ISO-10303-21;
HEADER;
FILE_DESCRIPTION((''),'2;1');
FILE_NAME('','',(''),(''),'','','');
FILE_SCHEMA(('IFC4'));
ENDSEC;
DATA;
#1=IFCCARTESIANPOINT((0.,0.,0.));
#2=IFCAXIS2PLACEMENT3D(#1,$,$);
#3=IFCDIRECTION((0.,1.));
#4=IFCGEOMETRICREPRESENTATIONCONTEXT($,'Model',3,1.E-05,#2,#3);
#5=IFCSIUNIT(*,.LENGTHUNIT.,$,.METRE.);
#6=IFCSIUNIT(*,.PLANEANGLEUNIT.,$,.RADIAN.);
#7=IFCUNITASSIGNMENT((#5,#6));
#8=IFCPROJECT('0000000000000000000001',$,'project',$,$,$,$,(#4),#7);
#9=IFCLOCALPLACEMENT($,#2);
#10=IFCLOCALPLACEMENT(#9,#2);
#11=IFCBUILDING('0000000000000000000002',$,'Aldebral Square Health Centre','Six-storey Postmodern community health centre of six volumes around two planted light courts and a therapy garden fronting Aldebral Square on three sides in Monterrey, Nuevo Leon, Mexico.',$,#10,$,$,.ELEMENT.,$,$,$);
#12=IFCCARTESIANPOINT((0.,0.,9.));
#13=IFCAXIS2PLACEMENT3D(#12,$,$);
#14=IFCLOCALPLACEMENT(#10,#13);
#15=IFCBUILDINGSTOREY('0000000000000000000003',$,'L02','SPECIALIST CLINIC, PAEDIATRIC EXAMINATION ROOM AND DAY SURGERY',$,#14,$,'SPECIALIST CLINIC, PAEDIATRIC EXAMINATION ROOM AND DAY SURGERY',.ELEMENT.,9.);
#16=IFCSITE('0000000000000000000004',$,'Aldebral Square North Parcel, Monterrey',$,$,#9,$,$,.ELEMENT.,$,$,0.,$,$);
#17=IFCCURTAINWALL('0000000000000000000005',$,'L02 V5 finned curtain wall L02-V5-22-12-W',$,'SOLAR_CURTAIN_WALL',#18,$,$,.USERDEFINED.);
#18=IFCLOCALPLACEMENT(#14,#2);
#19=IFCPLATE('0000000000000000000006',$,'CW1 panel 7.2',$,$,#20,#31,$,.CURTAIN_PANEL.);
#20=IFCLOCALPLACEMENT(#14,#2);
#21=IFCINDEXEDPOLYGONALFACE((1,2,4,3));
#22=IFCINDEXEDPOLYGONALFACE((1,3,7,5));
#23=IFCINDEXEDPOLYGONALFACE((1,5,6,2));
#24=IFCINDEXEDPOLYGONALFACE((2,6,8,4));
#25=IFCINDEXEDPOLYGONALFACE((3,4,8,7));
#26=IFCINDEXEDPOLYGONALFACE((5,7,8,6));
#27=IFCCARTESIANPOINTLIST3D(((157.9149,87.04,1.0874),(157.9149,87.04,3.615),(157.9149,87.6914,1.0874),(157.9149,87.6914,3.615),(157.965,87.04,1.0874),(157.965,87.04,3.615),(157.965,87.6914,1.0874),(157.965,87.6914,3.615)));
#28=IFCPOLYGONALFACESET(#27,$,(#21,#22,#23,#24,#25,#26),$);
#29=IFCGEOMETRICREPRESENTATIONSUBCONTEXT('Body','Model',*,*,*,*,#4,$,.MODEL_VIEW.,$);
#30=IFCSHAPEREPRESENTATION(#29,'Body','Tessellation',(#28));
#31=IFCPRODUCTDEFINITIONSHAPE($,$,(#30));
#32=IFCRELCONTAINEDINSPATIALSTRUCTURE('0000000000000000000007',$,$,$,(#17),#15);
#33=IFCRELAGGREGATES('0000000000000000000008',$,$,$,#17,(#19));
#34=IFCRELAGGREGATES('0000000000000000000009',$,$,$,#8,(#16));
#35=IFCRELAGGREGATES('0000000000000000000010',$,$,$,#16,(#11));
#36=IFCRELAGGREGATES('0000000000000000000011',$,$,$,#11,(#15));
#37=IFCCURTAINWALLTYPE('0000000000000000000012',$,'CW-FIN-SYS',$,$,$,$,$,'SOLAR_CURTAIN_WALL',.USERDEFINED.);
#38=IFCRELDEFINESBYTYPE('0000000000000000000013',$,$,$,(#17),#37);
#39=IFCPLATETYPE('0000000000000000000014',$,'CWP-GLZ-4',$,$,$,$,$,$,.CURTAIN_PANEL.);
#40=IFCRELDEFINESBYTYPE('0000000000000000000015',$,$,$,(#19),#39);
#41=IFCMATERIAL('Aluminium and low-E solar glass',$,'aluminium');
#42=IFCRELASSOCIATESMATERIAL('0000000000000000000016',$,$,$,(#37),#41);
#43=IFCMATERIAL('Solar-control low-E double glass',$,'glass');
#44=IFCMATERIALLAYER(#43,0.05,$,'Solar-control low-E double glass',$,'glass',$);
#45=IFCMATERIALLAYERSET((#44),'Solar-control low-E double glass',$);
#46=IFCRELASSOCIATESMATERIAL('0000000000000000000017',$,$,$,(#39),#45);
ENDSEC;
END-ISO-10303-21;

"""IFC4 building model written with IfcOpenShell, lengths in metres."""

from ifc_helpers import new_model, si_unit, direction, frame, origin, origin_2d, place, context, subcontext, project, spatial, rectangle, extrude, material, layer, layer_set, type_object, element, aggregate, save


model = new_model("IFC4")

# Units and contexts
model_context = context("Model", 3, precision=1e-05, world=origin(), true_north=direction((0.0, 1.0)))
body_context = subcontext(model_context, "Body", "Model", "MODEL_VIEW")
ifc_project = project(units=[si_unit("LENGTHUNIT", "METRE"), si_unit("PLANEANGLEUNIT", "RADIAN")], contexts=[model_context])

# Site, building, storey
site_placement = place(None, origin())
site = spatial("IfcSite", under=ifc_project, at=site_placement, Name="Aldebral Square North Parcel, Monterrey", CompositionType="ELEMENT", RefElevation=0.0)
building_placement = place(site_placement, origin())
building = spatial("IfcBuilding", under=site, at=building_placement, Name="Aldebral Square Health Centre", Description="Six-storey Postmodern community health centre of six volumes around two planted light courts and a therapy garden fronting Aldebral Square on three sides in Monterrey, Nuevo Leon, Mexico.", CompositionType="ELEMENT")
storey_placement = place(building_placement, frame((0.0, 0.0, 9.0)))
storey = spatial("IfcBuildingStorey", under=building, at=storey_placement, Name="L02", Description="SPECIALIST CLINIC, PAEDIATRIC EXAMINATION ROOM AND DAY SURGERY", LongName="SPECIALIST CLINIC, PAEDIATRIC EXAMINATION ROOM AND DAY SURGERY", CompositionType="ELEMENT", Elevation=9.0)

# Curtain wall
ifc_material_1 = material(Name="Aluminium and low-E solar glass", Category="aluminium")
curtain_wall_type = type_object("IfcCurtainWallType", Name="CW-FIN-SYS", ElementType="SOLAR_CURTAIN_WALL", PredefinedType="USERDEFINED", material=ifc_material_1)
curtain_wall_1_placement = place(storey_placement, origin())
curtain_wall_1 = element("IfcCurtainWall", 1, at=curtain_wall_1_placement, inside=storey, type_object=curtain_wall_type, Name="L02 V5 finned curtain wall L02-V5-22-12-W", ObjectType="SOLAR_CURTAIN_WALL", PredefinedType="USERDEFINED")

# Plate
ifc_material_2 = material(Name="Solar-control low-E double glass", Category="glass")
ifc_layer_1 = layer(ifc_material_2, 0.05, Name="Solar-control low-E double glass", Category="glass")
ifc_layer_set_1 = layer_set([ifc_layer_1], Name="Solar-control low-E double glass")
plate_type_1 = type_object("IfcPlateType", Name="CWP-GLZ-4", PredefinedType="CURTAIN_PANEL", material=ifc_layer_set_1)
plate_1_placement = place(storey_placement, frame((157.9399, 87.3657, 1.0874), z_axis=(0.0, 0.0, 1.0), x_axis=(0.0, -1.0, 0.0)))
plate_1 = element("IfcPlate", 2, at=plate_1_placement, type_object=plate_type_1, Name="CW1 panel 7.2", PredefinedType="CURTAIN_PANEL", context=body_context, shape_type="SweptSolid", body=[
    extrude(rectangle(XDim=0.6514, YDim=0.05, at=origin_2d()), origin(), (0.0, 0.0, 1.0), 2.5276),
])
aggregate(curtain_wall_1, [plate_1])

save(model, "model.ifc")
